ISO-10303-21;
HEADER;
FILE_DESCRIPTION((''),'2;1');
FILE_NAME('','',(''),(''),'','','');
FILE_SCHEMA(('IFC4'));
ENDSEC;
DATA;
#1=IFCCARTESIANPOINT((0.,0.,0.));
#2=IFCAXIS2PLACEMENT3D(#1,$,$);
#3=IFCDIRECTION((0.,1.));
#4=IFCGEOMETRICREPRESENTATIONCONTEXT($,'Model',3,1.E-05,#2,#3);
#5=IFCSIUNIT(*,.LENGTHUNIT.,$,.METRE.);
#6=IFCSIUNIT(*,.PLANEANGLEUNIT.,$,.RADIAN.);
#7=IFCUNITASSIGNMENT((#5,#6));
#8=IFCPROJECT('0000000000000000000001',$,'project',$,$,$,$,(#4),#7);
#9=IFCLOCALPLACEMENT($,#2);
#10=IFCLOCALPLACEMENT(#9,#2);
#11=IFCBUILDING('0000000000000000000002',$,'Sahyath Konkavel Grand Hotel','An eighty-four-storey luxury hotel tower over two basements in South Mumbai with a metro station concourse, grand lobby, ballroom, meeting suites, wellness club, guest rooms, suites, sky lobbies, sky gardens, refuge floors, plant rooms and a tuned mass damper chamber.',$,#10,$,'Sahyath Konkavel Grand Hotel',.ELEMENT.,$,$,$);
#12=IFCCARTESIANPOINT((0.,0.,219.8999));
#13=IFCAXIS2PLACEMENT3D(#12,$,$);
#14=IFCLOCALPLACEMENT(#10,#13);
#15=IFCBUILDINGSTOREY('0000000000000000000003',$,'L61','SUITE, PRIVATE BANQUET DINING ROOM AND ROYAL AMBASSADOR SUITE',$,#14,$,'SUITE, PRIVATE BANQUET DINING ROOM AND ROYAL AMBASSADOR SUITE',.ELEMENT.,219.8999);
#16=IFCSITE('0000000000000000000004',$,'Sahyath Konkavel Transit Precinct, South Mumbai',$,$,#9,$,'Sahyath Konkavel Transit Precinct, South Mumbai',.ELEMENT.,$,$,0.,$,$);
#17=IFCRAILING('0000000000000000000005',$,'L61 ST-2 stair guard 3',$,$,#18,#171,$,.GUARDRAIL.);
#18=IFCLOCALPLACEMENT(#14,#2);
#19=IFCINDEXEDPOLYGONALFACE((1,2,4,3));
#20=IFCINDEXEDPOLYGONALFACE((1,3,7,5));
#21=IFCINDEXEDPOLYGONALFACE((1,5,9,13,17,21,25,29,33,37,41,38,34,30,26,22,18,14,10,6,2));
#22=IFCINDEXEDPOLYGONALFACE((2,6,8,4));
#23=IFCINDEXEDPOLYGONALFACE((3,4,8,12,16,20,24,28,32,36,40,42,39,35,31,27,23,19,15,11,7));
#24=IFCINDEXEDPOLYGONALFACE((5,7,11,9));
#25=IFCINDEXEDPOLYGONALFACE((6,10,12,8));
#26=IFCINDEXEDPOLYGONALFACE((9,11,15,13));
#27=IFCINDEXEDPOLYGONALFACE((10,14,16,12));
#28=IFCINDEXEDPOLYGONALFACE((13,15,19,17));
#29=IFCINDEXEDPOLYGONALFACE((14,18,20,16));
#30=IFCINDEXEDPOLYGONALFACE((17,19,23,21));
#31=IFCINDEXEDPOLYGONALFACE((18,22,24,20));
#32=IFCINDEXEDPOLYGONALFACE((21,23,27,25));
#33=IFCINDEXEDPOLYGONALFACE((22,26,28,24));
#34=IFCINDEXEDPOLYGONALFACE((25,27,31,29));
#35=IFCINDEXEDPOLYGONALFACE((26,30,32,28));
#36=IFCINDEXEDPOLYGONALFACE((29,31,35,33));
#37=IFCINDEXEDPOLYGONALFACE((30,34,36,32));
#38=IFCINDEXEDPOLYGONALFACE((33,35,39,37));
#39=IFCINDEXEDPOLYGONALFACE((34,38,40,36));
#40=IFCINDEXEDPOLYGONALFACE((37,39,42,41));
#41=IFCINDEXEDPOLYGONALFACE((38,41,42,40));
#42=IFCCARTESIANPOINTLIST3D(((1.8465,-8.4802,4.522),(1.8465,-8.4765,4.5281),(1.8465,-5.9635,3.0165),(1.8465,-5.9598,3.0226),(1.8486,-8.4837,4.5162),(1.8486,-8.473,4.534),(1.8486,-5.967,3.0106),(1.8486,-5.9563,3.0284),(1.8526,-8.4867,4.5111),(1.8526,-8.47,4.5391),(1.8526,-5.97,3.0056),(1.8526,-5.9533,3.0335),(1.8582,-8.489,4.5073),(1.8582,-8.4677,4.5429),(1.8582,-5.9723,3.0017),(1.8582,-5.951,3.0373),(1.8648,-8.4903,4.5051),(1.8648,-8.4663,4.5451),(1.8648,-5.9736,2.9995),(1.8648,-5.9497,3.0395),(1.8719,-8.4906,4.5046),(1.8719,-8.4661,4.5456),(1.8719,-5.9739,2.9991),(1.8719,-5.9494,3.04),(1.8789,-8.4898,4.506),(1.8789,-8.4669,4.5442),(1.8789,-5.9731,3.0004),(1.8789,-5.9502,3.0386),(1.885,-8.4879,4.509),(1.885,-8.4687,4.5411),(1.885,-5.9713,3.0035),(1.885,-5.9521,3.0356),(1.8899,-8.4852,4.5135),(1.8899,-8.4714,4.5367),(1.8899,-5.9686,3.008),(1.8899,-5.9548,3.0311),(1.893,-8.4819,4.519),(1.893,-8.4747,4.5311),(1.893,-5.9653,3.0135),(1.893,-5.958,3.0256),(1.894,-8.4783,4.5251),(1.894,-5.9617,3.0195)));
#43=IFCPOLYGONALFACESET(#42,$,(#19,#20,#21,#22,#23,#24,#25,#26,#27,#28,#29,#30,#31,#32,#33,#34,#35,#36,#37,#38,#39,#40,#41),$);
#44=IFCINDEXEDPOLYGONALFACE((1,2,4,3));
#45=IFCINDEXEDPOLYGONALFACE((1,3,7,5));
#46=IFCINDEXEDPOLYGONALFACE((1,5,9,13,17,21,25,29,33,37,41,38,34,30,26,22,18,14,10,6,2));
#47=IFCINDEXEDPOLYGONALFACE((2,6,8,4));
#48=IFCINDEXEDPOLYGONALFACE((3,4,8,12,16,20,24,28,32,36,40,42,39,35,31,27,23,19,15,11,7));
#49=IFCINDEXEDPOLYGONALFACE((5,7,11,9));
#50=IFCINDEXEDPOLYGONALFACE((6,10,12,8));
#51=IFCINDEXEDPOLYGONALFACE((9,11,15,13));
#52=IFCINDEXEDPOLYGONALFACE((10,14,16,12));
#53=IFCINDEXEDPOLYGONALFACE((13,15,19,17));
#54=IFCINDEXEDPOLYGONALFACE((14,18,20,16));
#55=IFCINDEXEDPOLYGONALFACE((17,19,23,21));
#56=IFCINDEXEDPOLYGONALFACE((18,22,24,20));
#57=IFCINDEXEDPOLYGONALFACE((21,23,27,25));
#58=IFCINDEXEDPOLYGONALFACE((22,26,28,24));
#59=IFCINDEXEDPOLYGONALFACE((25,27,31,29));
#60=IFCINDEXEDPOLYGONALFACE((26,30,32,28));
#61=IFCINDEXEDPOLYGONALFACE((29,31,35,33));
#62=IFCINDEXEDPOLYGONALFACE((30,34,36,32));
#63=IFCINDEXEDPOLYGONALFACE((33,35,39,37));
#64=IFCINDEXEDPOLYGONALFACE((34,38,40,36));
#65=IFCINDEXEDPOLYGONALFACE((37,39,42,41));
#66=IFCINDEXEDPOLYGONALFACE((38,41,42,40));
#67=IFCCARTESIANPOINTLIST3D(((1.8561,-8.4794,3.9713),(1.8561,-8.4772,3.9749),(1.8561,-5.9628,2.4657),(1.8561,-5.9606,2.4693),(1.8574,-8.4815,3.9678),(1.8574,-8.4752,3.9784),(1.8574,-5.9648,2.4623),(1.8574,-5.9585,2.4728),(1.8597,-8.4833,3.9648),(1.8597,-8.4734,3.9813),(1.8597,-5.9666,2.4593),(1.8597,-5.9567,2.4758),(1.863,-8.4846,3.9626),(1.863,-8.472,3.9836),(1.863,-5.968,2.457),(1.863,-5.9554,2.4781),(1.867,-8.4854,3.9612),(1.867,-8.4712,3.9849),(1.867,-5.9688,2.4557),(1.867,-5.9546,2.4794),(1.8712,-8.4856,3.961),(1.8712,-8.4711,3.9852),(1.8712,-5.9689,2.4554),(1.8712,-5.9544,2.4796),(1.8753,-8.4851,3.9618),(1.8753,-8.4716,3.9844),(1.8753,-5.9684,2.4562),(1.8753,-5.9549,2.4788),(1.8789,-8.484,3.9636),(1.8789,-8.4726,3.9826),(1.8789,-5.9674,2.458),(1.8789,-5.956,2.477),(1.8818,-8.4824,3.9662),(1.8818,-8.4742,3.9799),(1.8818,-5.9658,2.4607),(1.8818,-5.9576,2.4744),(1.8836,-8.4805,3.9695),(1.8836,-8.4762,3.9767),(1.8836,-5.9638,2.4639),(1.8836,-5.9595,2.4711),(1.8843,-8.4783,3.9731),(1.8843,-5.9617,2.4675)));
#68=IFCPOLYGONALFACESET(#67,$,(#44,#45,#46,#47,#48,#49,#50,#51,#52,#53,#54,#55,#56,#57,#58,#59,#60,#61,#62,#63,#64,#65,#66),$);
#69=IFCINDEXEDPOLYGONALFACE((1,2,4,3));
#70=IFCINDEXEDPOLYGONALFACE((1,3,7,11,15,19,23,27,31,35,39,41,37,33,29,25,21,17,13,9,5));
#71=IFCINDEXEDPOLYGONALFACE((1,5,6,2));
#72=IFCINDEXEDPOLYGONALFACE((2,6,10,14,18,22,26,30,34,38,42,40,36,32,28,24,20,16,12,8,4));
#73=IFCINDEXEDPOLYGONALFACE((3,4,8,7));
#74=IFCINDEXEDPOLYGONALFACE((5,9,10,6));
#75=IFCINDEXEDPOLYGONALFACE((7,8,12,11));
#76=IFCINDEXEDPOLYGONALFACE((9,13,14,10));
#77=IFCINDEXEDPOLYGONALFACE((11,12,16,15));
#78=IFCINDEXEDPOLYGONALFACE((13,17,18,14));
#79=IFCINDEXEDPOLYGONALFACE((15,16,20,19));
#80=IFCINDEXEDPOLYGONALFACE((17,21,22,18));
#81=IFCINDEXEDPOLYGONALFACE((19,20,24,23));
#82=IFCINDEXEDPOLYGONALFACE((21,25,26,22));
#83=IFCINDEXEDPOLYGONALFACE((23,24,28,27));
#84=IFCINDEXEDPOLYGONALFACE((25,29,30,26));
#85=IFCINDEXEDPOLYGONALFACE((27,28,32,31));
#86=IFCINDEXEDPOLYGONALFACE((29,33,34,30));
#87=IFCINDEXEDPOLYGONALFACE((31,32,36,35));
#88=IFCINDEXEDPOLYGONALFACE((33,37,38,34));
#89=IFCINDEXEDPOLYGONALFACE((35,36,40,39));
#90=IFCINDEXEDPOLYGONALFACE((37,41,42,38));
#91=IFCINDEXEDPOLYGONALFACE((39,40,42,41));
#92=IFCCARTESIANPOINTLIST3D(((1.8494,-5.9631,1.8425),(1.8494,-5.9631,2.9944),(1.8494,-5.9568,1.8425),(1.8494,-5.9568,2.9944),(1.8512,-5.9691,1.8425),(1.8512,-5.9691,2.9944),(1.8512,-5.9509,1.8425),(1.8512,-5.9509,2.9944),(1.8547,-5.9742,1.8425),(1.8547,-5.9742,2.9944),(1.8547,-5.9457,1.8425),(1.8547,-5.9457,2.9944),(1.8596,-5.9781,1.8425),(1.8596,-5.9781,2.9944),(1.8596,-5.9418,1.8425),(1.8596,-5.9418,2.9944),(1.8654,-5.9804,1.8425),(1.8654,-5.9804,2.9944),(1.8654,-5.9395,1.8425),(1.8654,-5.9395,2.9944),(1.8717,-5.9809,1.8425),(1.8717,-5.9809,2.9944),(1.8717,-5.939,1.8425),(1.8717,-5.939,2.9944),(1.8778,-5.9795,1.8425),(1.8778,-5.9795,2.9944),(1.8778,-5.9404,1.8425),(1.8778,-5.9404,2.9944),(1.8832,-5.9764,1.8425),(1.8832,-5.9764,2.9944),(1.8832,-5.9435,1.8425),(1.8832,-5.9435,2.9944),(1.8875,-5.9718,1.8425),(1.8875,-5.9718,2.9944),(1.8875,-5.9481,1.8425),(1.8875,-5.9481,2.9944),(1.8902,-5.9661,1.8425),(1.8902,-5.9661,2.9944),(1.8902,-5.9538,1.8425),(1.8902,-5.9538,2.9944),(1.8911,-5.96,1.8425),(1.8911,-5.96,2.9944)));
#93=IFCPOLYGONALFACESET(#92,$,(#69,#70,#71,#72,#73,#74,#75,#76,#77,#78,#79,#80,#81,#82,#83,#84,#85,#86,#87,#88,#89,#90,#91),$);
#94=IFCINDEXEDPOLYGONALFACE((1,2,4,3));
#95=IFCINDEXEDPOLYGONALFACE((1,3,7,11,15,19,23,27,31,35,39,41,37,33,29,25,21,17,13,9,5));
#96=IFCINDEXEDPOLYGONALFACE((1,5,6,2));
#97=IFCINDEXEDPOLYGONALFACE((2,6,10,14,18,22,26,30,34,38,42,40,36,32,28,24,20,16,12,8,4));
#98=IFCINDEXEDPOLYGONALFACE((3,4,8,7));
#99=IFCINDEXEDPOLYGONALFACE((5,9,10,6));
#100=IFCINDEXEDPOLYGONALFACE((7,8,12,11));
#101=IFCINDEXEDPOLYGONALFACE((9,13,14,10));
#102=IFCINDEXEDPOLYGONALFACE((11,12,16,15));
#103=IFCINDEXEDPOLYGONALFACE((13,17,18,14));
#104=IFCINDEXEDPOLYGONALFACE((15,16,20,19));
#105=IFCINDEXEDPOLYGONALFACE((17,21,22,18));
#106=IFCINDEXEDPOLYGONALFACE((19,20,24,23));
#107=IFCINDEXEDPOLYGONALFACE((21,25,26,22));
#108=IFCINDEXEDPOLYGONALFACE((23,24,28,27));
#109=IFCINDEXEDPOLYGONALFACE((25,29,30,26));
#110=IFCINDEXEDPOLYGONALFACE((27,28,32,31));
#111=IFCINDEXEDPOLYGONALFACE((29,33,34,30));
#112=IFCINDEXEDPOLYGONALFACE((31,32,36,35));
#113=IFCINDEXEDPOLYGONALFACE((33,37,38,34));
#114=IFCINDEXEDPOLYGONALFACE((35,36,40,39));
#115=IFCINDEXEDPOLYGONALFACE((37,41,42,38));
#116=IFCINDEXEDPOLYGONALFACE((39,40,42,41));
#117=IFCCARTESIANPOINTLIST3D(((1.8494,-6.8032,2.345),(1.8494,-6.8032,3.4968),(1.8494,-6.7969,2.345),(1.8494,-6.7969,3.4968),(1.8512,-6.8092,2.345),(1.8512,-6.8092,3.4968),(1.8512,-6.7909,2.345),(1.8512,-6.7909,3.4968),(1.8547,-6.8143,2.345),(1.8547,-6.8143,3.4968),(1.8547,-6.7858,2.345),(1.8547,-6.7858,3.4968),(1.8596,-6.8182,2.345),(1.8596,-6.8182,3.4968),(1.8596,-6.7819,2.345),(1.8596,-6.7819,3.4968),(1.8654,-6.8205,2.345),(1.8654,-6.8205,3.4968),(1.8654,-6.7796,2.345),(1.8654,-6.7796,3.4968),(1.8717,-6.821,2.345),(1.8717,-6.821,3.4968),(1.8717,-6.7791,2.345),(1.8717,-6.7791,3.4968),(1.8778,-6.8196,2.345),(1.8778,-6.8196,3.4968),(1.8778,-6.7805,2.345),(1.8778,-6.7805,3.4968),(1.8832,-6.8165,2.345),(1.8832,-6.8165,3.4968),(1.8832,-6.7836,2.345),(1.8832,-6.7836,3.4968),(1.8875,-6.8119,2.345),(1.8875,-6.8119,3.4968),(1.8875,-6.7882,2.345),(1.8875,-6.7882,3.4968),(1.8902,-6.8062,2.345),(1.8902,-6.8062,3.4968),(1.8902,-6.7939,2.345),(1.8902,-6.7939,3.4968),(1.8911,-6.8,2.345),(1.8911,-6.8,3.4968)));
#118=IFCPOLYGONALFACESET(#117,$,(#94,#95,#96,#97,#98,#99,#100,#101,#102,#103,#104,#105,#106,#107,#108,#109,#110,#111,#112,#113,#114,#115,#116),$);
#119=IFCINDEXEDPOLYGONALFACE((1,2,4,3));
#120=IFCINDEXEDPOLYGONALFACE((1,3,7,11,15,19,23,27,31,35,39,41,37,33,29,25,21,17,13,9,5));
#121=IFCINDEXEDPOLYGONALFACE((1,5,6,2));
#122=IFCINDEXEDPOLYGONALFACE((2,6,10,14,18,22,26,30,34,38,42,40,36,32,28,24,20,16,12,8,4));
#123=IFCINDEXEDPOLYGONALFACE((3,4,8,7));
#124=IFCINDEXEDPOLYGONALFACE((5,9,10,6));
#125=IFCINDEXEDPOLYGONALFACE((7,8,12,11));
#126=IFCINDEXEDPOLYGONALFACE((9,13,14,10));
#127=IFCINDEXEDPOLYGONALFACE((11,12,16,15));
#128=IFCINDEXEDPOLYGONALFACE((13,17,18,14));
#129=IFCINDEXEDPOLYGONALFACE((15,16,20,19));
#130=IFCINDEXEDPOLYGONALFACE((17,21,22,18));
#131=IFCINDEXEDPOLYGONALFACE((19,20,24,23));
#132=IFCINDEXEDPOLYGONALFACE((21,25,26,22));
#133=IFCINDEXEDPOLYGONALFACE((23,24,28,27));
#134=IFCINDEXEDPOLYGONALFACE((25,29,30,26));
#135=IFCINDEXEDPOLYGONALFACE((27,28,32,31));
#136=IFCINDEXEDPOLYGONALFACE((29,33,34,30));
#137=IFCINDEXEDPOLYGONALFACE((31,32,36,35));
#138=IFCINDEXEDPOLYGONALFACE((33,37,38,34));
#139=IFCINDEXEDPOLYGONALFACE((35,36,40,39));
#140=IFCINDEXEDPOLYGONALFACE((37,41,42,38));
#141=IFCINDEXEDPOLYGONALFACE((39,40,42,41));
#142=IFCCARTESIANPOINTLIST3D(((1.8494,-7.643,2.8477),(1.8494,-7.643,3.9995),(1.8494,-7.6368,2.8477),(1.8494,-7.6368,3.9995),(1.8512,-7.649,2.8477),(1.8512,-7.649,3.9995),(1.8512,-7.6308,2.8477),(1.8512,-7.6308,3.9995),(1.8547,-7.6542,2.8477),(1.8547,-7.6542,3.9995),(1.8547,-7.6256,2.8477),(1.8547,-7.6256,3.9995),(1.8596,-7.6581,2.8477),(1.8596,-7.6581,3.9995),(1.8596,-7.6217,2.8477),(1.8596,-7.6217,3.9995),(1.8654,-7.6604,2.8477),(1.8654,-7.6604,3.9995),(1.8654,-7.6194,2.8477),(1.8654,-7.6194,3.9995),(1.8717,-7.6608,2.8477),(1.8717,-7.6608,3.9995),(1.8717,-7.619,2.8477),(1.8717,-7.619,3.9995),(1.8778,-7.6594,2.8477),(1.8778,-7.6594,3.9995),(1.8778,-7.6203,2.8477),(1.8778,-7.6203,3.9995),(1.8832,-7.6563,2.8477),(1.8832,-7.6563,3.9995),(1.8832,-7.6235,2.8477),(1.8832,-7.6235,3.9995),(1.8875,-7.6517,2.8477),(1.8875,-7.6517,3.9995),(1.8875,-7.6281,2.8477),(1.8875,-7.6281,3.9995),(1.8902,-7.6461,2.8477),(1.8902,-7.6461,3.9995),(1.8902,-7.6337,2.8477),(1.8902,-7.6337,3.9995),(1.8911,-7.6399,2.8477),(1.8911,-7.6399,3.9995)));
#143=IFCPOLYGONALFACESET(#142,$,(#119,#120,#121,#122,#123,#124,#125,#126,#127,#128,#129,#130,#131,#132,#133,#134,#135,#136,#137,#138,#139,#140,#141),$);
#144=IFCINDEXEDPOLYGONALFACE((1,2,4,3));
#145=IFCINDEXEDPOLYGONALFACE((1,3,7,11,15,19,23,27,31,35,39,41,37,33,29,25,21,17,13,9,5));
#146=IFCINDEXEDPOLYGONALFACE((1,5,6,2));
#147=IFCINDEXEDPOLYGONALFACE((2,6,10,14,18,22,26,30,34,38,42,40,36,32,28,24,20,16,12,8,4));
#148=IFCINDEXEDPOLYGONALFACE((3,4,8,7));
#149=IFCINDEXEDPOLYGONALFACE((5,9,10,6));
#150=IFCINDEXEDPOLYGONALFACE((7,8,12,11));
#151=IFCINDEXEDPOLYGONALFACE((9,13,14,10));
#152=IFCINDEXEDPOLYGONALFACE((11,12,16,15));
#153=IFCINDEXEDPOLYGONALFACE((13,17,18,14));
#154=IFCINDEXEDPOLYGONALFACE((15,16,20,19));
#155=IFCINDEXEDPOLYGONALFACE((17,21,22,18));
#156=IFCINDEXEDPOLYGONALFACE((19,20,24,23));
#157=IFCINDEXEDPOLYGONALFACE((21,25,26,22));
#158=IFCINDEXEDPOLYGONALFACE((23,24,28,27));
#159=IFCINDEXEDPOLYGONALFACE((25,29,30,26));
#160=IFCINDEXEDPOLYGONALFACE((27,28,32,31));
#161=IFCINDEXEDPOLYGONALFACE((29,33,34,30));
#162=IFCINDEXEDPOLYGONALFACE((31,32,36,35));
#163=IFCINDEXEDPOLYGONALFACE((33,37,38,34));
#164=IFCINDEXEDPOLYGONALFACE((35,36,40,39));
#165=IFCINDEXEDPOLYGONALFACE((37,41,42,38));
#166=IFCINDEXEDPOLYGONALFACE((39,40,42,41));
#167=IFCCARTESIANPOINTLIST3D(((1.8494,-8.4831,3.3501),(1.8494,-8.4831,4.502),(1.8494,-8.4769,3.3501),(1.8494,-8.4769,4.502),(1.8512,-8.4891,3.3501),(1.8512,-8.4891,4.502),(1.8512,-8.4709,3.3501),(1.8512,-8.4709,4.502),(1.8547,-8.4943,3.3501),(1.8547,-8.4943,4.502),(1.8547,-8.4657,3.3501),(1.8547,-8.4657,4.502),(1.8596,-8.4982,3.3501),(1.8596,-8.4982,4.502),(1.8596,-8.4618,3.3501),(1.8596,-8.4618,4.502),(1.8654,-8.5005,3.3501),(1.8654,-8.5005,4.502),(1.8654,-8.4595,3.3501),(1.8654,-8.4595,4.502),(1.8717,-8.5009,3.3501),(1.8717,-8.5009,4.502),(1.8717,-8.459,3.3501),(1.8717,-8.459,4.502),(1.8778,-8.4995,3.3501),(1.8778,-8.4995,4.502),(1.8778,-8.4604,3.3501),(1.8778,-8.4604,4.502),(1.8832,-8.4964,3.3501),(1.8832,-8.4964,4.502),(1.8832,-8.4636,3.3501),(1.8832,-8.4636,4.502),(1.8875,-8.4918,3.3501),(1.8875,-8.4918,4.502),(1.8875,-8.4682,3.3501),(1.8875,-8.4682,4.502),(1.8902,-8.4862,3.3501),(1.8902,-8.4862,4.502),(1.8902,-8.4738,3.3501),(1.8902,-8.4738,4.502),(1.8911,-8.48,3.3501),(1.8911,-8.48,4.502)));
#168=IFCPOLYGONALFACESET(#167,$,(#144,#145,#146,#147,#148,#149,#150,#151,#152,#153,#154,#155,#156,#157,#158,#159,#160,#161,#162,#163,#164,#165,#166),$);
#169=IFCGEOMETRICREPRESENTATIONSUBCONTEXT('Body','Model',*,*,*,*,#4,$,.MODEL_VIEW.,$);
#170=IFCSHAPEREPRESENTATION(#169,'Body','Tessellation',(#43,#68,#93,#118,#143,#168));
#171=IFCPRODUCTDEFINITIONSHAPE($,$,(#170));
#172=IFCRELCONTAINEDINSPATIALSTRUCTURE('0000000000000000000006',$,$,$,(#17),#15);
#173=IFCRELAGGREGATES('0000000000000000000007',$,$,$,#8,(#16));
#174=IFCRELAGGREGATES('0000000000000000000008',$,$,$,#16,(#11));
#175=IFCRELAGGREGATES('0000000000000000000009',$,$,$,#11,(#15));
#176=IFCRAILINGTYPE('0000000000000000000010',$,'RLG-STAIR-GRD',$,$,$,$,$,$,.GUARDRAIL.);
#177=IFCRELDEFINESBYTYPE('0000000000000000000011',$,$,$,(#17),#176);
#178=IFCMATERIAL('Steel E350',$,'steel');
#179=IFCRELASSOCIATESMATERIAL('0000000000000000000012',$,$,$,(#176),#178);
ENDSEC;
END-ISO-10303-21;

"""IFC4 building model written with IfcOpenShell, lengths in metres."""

from ifc_helpers import new_model, si_unit, direction, frame, origin, origin_2d, place, context, subcontext, project, spatial, circle, extrude, material, type_object, element, save


model = new_model("IFC4")

# Units and contexts
model_context = context("Model", 3, precision=1e-05, world=origin(), true_north=direction((0.0, 1.0)))
body_context = subcontext(model_context, "Body", "Model", "MODEL_VIEW")
ifc_project = project(units=[si_unit("LENGTHUNIT", "METRE"), si_unit("PLANEANGLEUNIT", "RADIAN")], contexts=[model_context])

# Site, building, storey
site_placement = place(None, origin())
site = spatial("IfcSite", under=ifc_project, at=site_placement, Name="Sahyath Konkavel Transit Precinct, South Mumbai", LongName="Sahyath Konkavel Transit Precinct, South Mumbai", CompositionType="ELEMENT", RefElevation=0.0)
building_placement = place(site_placement, origin())
building = spatial("IfcBuilding", under=site, at=building_placement, Name="Sahyath Konkavel Grand Hotel", Description="An eighty-four-storey luxury hotel tower over two basements in South Mumbai with a metro station concourse, grand lobby, ballroom, meeting suites, wellness club, guest rooms, suites, sky lobbies, sky gardens, refuge floors, plant rooms and a tuned mass damper chamber.", LongName="Sahyath Konkavel Grand Hotel", CompositionType="ELEMENT")
storey_placement = place(building_placement, frame((0.0, 0.0, 219.8999)))
storey = spatial("IfcBuildingStorey", under=building, at=storey_placement, Name="L61", Description="SUITE, PRIVATE BANQUET DINING ROOM AND ROYAL AMBASSADOR SUITE", LongName="SUITE, PRIVATE BANQUET DINING ROOM AND ROYAL AMBASSADOR SUITE", CompositionType="ELEMENT", Elevation=219.8999)

# Shared definitions
ifc_material_1 = material(Name="Steel E350", Category="steel")

# Railing
railing_type_1 = type_object("IfcRailingType", Name="RLG-STAIR-GRD", PredefinedType="GUARDRAIL", material=ifc_material_1)
railing_1_placement = place(storey_placement, frame((1.8701, -5.96, 1.8425)))
element("IfcRailing", 1, at=railing_1_placement, inside=storey, type_object=railing_type_1, Name="L61 ST-2 stair guard 3", PredefinedType="GUARDRAIL", context=body_context, shape_type="SweptSolid", body=[
    extrude(circle(Radius=0.0239, at=origin_2d()), frame((0.0, -0.0017, 1.177), z_axis=(0.0, -0.85816, 0.513383), x_axis=(1.0, 0.0, 0.0)), (0.0, 0.0, 1.0), 2.9326),
    extrude(circle(Radius=0.0142, at=origin_2d()), frame((0.0, -0.0017, 0.625), z_axis=(0.0, -0.85816, 0.513383), x_axis=(1.0, 0.0, 0.0)), (0.0, 0.0, 1.0), 2.9326),
    extrude(circle(Radius=0.021, at=origin_2d()), origin(), (0.0, 0.0, 1.0), 1.1519),
    extrude(circle(Radius=0.021, at=origin_2d()), frame((0.0, -0.8401, 0.5024)), (0.0, 0.0, 1.0), 1.1519),
    extrude(circle(Radius=0.021, at=origin_2d()), frame((0.0, -1.6799, 1.0051)), (0.0, 0.0, 1.0), 1.1519),
    extrude(circle(Radius=0.021, at=origin_2d()), frame((0.0, -2.52, 1.5076)), (0.0, 0.0, 1.0), 1.1519),
])

save(model, "model.ifc")
